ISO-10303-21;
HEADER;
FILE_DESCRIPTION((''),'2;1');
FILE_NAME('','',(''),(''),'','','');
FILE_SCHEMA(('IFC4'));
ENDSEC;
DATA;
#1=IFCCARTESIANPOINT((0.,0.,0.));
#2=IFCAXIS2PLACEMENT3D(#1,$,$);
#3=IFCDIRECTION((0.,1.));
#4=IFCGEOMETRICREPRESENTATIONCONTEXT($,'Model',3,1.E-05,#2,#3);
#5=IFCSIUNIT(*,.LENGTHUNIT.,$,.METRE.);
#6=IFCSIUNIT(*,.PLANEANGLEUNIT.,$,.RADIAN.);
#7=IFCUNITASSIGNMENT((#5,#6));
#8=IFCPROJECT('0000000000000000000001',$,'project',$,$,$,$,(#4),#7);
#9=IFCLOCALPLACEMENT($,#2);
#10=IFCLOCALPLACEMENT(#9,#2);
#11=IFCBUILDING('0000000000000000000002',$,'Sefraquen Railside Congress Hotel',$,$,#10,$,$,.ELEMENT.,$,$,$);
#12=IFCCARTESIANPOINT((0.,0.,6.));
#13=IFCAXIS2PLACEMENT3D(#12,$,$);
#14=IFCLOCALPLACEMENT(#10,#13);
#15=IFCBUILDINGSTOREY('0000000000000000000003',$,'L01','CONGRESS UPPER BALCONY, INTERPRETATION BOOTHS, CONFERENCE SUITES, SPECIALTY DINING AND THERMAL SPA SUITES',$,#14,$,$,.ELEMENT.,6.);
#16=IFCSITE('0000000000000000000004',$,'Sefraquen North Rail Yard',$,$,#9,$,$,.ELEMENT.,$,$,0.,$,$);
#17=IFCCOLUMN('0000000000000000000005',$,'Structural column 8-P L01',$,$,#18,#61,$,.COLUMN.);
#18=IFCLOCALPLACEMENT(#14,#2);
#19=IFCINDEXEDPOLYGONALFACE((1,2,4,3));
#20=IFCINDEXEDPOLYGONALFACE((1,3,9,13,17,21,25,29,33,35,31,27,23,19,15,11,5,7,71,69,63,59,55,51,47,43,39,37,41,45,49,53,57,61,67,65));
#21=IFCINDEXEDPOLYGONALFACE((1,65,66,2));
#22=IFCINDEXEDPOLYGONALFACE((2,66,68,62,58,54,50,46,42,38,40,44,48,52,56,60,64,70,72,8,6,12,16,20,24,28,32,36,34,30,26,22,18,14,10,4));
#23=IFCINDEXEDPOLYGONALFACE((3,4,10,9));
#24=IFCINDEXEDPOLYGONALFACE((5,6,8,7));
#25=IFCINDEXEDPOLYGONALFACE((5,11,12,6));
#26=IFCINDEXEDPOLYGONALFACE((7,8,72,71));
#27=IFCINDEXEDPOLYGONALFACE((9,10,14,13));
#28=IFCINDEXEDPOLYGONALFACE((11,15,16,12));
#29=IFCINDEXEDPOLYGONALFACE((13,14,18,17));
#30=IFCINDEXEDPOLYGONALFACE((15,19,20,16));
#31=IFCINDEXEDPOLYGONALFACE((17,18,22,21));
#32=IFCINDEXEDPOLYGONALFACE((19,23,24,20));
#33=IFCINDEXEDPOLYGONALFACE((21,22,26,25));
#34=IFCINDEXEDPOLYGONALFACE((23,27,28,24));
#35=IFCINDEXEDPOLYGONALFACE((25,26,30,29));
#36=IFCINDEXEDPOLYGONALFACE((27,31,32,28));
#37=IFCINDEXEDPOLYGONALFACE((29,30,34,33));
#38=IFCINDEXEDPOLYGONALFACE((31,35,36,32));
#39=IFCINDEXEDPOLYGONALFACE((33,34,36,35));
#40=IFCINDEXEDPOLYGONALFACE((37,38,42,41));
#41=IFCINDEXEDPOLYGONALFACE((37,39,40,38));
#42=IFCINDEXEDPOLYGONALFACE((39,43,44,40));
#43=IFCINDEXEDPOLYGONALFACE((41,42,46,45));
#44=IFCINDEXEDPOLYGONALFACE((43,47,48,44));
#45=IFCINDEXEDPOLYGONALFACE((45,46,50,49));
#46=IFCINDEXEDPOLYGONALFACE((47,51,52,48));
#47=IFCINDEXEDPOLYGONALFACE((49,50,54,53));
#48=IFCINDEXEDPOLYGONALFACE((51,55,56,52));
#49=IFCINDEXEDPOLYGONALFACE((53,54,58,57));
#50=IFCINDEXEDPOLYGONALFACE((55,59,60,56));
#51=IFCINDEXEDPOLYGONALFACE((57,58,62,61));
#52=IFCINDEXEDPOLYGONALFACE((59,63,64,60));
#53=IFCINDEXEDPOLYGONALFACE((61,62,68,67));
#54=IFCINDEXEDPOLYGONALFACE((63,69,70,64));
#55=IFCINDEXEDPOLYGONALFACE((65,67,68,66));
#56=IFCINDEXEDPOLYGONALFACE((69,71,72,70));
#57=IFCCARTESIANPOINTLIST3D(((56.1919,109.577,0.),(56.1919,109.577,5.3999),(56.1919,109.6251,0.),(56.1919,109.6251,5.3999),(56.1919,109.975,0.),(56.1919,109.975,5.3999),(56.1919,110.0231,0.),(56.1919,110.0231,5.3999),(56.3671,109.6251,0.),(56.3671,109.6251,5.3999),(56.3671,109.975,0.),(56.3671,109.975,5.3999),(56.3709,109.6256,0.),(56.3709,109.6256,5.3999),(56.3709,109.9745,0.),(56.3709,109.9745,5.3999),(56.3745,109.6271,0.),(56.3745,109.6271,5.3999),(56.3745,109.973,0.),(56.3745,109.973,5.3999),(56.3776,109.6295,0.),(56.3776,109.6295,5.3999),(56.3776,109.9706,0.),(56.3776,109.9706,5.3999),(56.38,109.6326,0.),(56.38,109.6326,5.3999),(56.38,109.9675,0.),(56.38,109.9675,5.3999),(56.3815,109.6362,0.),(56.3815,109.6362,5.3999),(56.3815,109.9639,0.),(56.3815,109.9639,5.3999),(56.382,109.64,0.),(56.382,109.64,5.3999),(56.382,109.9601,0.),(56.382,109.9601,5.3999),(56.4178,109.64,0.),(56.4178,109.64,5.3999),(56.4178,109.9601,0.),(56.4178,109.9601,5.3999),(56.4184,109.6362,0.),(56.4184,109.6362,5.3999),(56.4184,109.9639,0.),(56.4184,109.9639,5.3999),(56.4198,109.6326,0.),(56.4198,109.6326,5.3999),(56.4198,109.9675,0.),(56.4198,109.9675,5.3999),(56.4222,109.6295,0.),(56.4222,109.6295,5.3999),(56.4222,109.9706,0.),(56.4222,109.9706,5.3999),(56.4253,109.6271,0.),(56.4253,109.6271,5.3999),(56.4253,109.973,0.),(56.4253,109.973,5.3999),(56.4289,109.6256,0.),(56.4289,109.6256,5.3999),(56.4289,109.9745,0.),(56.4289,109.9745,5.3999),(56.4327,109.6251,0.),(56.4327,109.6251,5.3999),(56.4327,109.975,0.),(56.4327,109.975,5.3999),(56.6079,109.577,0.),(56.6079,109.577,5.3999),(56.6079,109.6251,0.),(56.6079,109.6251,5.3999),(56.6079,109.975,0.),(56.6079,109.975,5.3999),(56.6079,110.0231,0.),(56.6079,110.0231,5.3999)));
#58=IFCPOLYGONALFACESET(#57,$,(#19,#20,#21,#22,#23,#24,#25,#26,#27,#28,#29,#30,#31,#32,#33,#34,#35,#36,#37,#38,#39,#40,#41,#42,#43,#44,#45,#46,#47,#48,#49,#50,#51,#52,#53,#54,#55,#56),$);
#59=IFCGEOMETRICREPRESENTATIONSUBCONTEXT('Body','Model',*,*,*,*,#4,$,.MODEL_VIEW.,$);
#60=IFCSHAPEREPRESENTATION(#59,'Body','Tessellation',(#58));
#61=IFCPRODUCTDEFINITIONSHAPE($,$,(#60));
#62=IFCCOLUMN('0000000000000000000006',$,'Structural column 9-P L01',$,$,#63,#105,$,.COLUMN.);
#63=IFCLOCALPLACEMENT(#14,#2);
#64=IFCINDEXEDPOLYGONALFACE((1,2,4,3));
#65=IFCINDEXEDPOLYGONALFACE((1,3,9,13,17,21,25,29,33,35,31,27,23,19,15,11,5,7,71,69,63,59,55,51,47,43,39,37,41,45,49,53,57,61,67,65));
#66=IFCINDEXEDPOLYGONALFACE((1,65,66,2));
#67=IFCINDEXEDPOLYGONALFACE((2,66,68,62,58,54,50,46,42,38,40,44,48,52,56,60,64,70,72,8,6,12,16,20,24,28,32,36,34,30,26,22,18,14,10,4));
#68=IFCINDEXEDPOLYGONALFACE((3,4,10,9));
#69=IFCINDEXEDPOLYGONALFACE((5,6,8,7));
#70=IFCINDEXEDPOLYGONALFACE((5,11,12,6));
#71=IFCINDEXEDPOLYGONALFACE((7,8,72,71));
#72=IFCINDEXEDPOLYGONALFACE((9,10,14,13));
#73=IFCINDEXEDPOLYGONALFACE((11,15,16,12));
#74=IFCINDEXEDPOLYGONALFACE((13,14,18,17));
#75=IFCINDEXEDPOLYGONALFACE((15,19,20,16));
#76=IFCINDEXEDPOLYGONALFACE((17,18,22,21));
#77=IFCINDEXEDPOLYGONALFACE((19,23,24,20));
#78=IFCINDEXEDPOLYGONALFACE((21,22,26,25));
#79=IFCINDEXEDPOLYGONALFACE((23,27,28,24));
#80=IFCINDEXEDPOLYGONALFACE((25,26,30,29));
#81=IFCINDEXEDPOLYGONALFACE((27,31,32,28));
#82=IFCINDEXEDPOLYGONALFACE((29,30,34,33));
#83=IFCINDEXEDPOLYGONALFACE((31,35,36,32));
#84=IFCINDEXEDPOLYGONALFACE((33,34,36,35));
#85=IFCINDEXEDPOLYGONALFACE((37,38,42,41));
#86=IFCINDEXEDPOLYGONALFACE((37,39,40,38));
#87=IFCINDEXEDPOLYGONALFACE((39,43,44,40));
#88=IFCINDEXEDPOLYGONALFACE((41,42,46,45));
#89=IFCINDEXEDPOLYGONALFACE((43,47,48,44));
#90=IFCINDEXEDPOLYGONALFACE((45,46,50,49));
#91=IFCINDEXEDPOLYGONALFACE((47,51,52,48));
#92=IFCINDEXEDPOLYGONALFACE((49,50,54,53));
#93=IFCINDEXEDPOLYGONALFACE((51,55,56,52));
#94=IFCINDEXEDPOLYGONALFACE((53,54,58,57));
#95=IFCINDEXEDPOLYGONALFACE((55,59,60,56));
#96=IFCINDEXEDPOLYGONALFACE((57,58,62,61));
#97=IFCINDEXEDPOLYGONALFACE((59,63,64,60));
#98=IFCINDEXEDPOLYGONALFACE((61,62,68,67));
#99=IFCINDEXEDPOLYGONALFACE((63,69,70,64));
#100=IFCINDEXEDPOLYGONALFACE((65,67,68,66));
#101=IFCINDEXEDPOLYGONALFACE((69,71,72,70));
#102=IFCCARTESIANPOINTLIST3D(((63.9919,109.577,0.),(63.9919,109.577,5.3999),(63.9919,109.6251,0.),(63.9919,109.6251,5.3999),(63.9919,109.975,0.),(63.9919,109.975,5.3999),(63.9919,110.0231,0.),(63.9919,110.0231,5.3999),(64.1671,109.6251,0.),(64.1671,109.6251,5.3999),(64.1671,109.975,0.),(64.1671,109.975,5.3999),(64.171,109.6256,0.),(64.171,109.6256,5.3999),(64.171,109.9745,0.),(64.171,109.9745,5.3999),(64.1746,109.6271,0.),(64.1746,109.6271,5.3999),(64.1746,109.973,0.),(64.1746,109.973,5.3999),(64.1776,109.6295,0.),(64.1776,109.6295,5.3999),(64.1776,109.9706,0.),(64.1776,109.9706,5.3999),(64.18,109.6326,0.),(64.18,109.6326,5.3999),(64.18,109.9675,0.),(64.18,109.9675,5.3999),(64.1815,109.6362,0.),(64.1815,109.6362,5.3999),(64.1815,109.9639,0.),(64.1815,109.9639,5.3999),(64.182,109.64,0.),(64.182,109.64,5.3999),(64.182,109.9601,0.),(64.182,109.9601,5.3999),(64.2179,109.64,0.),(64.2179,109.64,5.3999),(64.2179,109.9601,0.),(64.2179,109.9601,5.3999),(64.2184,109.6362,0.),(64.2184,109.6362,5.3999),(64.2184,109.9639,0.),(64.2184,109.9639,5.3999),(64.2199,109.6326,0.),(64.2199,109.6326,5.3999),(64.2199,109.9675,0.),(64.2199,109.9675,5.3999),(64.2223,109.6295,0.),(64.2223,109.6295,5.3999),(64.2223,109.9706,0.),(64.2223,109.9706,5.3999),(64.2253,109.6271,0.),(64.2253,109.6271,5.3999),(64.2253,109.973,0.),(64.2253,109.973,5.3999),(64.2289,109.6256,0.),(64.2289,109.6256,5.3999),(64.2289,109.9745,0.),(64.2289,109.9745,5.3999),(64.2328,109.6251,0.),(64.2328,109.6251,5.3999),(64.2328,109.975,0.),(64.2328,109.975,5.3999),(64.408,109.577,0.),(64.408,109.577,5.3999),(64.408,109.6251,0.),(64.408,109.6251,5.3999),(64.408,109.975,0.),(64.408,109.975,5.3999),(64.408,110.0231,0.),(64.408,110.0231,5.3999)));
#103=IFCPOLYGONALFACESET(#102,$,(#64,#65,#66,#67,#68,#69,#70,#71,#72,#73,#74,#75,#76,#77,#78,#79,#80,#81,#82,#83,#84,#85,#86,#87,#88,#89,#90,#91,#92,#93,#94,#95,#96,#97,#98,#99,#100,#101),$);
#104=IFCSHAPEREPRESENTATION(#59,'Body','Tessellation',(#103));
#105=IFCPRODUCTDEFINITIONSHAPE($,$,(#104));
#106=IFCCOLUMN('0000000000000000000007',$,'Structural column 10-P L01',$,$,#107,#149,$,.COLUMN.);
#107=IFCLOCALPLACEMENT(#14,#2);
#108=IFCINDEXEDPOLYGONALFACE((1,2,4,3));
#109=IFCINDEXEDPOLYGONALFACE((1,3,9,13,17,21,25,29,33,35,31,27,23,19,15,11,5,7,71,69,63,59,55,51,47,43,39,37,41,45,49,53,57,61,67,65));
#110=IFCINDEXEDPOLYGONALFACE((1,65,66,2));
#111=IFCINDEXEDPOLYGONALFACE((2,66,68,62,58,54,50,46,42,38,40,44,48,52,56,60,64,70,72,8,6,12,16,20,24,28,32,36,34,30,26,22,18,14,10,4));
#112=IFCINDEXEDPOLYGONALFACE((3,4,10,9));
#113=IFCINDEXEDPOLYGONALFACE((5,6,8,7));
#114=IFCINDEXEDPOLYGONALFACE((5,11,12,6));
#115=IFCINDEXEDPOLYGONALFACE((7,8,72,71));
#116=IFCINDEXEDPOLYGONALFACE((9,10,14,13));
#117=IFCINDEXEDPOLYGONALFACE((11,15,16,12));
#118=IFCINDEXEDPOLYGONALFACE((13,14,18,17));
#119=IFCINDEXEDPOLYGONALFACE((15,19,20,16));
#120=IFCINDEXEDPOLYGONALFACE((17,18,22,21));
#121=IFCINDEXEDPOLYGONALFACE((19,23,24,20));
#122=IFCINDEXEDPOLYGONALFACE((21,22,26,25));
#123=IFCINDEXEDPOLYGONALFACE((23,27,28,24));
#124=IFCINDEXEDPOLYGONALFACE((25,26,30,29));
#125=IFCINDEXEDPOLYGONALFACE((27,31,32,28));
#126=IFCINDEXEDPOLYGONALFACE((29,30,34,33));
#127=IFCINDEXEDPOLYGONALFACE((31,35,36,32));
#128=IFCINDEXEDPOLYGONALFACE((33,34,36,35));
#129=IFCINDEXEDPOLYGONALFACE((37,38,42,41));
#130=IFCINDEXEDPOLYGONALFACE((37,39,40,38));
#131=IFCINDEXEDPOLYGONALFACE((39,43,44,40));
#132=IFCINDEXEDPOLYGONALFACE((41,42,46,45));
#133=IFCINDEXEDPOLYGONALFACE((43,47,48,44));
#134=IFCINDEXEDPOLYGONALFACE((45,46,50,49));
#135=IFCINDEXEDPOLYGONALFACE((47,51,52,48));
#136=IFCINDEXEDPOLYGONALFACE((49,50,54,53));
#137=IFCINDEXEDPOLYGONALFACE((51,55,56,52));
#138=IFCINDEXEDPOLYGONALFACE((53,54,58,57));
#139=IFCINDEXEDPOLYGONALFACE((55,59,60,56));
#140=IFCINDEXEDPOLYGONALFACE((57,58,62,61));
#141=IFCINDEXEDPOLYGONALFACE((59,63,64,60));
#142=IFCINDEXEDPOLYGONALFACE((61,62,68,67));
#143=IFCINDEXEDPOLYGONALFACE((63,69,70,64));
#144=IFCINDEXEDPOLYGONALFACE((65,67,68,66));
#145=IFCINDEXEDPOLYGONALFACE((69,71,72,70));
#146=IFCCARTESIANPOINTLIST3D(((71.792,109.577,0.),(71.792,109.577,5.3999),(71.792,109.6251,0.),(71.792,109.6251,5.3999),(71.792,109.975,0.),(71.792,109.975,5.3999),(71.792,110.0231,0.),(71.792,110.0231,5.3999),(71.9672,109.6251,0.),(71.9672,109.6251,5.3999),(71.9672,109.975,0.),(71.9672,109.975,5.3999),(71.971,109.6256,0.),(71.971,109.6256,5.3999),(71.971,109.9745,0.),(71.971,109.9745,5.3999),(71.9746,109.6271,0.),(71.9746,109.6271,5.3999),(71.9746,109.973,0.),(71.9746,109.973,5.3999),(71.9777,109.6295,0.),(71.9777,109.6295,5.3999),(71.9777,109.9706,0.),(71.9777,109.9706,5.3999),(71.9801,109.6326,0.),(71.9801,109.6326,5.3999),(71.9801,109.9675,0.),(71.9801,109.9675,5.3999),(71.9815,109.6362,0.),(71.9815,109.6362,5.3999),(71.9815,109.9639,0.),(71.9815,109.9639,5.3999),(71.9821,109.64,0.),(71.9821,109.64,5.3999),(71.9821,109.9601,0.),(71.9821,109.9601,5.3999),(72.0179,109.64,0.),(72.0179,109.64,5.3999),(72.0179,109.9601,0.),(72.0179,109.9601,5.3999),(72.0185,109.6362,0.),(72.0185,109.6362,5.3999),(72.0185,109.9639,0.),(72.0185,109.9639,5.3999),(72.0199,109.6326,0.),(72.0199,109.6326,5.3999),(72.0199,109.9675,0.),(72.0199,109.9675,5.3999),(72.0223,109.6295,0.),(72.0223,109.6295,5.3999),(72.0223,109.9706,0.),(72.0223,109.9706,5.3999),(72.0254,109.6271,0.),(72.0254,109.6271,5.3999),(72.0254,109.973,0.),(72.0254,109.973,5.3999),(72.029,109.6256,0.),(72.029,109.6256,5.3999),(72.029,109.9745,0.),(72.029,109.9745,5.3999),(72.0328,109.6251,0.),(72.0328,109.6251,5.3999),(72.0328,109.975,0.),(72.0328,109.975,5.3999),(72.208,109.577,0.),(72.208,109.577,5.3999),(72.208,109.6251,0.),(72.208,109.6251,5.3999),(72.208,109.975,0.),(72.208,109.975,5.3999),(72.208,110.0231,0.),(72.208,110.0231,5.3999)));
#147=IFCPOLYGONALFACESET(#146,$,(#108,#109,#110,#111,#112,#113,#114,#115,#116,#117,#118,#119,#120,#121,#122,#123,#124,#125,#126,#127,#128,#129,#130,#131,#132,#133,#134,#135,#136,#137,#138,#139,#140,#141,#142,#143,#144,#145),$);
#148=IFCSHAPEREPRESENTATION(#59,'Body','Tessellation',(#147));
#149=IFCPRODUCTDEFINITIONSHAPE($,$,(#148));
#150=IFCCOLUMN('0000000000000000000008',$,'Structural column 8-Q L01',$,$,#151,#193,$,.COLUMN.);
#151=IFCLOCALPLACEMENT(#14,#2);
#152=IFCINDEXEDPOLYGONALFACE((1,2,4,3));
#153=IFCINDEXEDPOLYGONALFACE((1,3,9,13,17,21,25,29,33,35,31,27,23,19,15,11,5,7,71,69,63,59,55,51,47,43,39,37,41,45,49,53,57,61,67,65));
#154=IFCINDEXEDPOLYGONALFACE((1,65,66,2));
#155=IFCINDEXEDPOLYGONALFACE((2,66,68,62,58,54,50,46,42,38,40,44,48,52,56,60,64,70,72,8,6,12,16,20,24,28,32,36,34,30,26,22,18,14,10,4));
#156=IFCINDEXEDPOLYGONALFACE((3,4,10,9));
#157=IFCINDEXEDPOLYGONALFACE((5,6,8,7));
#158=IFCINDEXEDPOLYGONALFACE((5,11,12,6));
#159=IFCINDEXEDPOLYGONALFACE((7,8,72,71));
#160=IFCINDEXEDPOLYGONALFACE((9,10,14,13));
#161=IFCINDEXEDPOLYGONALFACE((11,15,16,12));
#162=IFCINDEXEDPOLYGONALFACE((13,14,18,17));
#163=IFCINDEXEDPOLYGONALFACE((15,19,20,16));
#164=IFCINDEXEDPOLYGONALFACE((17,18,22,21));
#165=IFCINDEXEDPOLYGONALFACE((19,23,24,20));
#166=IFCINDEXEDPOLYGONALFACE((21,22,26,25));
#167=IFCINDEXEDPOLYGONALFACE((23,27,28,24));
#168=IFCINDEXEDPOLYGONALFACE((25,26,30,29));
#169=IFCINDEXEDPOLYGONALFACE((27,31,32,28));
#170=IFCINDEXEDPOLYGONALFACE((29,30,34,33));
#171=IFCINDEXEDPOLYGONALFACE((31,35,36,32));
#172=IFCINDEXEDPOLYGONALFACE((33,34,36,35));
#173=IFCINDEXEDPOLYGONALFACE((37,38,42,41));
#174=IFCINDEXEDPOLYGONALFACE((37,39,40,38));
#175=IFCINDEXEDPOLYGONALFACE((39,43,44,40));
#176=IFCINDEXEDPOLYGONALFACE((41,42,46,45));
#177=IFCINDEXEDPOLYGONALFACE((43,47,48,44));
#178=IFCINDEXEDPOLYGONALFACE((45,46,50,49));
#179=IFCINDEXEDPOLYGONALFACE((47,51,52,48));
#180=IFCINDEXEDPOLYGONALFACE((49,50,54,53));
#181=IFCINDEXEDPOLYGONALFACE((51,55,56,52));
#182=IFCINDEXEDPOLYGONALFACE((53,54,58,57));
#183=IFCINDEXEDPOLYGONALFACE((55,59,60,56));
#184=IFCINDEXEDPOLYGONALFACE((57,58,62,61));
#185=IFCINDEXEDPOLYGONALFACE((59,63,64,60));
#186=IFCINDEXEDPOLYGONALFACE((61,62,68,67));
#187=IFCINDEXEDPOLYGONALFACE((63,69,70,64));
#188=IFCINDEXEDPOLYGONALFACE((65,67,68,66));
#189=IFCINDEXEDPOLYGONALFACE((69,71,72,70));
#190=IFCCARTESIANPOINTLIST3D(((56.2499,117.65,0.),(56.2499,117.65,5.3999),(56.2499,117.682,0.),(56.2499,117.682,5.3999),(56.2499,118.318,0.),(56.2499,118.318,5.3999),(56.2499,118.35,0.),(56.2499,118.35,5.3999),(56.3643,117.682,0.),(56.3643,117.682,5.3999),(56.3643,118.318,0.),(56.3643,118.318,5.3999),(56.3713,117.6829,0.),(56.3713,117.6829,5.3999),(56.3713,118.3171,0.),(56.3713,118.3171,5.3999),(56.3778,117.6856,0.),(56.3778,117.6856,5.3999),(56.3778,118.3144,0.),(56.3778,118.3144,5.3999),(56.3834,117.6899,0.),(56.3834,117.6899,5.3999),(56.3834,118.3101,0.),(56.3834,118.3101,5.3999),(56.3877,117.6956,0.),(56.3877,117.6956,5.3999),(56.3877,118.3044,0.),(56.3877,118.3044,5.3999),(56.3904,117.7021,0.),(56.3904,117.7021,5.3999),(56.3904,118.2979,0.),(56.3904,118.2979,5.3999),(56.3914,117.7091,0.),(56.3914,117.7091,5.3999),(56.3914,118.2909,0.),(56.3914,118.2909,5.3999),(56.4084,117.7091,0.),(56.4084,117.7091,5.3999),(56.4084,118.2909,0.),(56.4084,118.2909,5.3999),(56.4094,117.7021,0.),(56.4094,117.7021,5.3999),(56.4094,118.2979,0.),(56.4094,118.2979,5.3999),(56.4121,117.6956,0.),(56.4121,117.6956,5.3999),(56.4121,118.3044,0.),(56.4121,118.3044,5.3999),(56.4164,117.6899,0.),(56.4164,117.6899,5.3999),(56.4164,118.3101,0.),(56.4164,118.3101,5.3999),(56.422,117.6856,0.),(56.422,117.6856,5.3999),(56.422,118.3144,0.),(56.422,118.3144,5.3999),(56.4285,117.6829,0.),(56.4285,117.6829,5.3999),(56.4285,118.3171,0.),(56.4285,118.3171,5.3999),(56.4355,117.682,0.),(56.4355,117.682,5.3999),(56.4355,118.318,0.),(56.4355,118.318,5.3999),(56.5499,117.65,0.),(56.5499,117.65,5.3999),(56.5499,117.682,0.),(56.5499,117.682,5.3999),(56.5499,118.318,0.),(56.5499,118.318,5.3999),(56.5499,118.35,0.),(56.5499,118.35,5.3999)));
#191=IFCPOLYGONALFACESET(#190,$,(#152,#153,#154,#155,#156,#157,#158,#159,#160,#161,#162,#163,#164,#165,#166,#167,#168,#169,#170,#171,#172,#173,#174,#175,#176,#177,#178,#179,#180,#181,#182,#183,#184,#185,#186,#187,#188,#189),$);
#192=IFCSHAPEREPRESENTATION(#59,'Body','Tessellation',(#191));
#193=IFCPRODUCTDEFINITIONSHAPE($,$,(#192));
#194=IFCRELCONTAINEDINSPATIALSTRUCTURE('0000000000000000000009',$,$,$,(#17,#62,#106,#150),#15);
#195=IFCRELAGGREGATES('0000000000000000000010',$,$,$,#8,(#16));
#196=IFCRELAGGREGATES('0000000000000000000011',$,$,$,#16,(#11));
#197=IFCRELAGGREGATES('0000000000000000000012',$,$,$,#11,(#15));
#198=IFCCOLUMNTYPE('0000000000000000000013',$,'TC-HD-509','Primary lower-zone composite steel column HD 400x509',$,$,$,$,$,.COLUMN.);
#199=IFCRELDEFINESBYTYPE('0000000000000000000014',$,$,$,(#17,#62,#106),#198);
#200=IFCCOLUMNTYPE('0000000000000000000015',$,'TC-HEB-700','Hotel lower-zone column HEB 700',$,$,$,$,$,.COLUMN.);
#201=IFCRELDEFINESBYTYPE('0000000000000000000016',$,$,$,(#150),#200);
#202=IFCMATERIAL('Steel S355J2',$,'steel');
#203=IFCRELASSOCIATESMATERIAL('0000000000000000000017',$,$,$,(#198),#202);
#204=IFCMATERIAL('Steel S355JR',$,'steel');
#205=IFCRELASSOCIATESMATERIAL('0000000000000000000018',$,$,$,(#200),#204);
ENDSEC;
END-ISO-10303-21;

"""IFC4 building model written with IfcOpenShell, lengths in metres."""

from ifc_helpers import new_model, si_unit, direction, frame, origin, origin_2d, place, context, subcontext, project, spatial, i_section, extrude, material, material_profile, profile_set, type_object, element, save


model = new_model("IFC4")

# Units and contexts
model_context = context("Model", 3, precision=1e-05, world=origin(), true_north=direction((0.0, 1.0)))
body_context = subcontext(model_context, "Body", "Model", "MODEL_VIEW")
ifc_project = project(units=[si_unit("LENGTHUNIT", "METRE"), si_unit("PLANEANGLEUNIT", "RADIAN")], contexts=[model_context])

# Site, building, storey
site_placement = place(None, origin())
site = spatial("IfcSite", under=ifc_project, at=site_placement, Name="Sefraquen North Rail Yard", CompositionType="ELEMENT", RefElevation=0.0)
building_placement = place(site_placement, origin())
building = spatial("IfcBuilding", under=site, at=building_placement, Name="Sefraquen Railside Congress Hotel", CompositionType="ELEMENT")
storey_placement = place(building_placement, frame((0.0, 0.0, 6.0)))
storey = spatial("IfcBuildingStorey", under=building, at=storey_placement, Name="L01", Description="CONGRESS UPPER BALCONY, INTERPRETATION BOOTHS, CONFERENCE SUITES, SPECIALTY DINING AND THERMAL SPA SUITES", CompositionType="ELEMENT", Elevation=6.0)

# Columns
ifc_material_1 = material(Name="Steel S355J2", Category="steel")
ifc_material_profile_1 = material_profile(ifc_material_1, i_section(OverallWidth=0.416, OverallDepth=0.446, WebThickness=0.0359, FlangeThickness=0.0481, FilletRadius=0.0149, at=origin_2d()), Name="HD 400x509")
ifc_profile_set_1 = profile_set([ifc_material_profile_1], Name="Steel S355J2")
column_type_1 = type_object("IfcColumnType", Name="TC-HD-509", Description="Primary lower-zone composite steel column HD 400x509", PredefinedType="COLUMN", material=ifc_profile_set_1)
for number, where, z_axis, x_axis, name in (
    (1, (56.3999, 109.8, 0.0), (0.0, 0.0, 1.0), (1.0, 0.0, 0.0), "Structural column 8-P L01"),
    (2, (64.2, 109.8, 0.0), (0.0, 0.0, 1.0), (1.0, 0.0, 0.0), "Structural column 9-P L01"),
    (3, (72.0, 109.8, 0.0), (0.0, 0.0, 1.0), (1.0, 0.0, 0.0), "Structural column 10-P L01"),
):
    element("IfcColumn", number, at=place(storey_placement, frame(where, z_axis=z_axis, x_axis=x_axis)), inside=storey, type_object=column_type_1, Name=name, PredefinedType="COLUMN", context=body_context, shape_type="SweptSolid", body=[
        extrude(i_section(OverallWidth=0.416, OverallDepth=0.446, WebThickness=0.0359, FlangeThickness=0.0481, FilletRadius=0.0149, at=origin_2d()), origin(), (0.0, 0.0, 1.0), 5.3999),
    ])
ifc_material_2 = material(Name="Steel S355JR", Category="steel")
ifc_material_profile_2 = material_profile(ifc_material_2, i_section(OverallWidth=0.3, OverallDepth=0.7, WebThickness=0.0171, FlangeThickness=0.032, FilletRadius=0.0271, at=origin_2d()), Name="HEB 700")
ifc_profile_set_2 = profile_set([ifc_material_profile_2], Name="Steel S355JR")
column_type_2 = type_object("IfcColumnType", Name="TC-HEB-700", Description="Hotel lower-zone column HEB 700", PredefinedType="COLUMN", material=ifc_profile_set_2)
for number, where, z_axis, x_axis, name in (
    (4, (56.3999, 118.0, 0.0), (0.0, 0.0, 1.0), (1.0, 0.0, 0.0), "Structural column 8-Q L01"),
):
    element("IfcColumn", number, at=place(storey_placement, frame(where, z_axis=z_axis, x_axis=x_axis)), inside=storey, type_object=column_type_2, Name=name, PredefinedType="COLUMN", context=body_context, shape_type="SweptSolid", body=[
        extrude(i_section(OverallWidth=0.3, OverallDepth=0.7, WebThickness=0.0171, FlangeThickness=0.032, FilletRadius=0.0271, at=origin_2d()), origin(), (0.0, 0.0, 1.0), 5.3999),
    ])

save(model, "model.ifc")
